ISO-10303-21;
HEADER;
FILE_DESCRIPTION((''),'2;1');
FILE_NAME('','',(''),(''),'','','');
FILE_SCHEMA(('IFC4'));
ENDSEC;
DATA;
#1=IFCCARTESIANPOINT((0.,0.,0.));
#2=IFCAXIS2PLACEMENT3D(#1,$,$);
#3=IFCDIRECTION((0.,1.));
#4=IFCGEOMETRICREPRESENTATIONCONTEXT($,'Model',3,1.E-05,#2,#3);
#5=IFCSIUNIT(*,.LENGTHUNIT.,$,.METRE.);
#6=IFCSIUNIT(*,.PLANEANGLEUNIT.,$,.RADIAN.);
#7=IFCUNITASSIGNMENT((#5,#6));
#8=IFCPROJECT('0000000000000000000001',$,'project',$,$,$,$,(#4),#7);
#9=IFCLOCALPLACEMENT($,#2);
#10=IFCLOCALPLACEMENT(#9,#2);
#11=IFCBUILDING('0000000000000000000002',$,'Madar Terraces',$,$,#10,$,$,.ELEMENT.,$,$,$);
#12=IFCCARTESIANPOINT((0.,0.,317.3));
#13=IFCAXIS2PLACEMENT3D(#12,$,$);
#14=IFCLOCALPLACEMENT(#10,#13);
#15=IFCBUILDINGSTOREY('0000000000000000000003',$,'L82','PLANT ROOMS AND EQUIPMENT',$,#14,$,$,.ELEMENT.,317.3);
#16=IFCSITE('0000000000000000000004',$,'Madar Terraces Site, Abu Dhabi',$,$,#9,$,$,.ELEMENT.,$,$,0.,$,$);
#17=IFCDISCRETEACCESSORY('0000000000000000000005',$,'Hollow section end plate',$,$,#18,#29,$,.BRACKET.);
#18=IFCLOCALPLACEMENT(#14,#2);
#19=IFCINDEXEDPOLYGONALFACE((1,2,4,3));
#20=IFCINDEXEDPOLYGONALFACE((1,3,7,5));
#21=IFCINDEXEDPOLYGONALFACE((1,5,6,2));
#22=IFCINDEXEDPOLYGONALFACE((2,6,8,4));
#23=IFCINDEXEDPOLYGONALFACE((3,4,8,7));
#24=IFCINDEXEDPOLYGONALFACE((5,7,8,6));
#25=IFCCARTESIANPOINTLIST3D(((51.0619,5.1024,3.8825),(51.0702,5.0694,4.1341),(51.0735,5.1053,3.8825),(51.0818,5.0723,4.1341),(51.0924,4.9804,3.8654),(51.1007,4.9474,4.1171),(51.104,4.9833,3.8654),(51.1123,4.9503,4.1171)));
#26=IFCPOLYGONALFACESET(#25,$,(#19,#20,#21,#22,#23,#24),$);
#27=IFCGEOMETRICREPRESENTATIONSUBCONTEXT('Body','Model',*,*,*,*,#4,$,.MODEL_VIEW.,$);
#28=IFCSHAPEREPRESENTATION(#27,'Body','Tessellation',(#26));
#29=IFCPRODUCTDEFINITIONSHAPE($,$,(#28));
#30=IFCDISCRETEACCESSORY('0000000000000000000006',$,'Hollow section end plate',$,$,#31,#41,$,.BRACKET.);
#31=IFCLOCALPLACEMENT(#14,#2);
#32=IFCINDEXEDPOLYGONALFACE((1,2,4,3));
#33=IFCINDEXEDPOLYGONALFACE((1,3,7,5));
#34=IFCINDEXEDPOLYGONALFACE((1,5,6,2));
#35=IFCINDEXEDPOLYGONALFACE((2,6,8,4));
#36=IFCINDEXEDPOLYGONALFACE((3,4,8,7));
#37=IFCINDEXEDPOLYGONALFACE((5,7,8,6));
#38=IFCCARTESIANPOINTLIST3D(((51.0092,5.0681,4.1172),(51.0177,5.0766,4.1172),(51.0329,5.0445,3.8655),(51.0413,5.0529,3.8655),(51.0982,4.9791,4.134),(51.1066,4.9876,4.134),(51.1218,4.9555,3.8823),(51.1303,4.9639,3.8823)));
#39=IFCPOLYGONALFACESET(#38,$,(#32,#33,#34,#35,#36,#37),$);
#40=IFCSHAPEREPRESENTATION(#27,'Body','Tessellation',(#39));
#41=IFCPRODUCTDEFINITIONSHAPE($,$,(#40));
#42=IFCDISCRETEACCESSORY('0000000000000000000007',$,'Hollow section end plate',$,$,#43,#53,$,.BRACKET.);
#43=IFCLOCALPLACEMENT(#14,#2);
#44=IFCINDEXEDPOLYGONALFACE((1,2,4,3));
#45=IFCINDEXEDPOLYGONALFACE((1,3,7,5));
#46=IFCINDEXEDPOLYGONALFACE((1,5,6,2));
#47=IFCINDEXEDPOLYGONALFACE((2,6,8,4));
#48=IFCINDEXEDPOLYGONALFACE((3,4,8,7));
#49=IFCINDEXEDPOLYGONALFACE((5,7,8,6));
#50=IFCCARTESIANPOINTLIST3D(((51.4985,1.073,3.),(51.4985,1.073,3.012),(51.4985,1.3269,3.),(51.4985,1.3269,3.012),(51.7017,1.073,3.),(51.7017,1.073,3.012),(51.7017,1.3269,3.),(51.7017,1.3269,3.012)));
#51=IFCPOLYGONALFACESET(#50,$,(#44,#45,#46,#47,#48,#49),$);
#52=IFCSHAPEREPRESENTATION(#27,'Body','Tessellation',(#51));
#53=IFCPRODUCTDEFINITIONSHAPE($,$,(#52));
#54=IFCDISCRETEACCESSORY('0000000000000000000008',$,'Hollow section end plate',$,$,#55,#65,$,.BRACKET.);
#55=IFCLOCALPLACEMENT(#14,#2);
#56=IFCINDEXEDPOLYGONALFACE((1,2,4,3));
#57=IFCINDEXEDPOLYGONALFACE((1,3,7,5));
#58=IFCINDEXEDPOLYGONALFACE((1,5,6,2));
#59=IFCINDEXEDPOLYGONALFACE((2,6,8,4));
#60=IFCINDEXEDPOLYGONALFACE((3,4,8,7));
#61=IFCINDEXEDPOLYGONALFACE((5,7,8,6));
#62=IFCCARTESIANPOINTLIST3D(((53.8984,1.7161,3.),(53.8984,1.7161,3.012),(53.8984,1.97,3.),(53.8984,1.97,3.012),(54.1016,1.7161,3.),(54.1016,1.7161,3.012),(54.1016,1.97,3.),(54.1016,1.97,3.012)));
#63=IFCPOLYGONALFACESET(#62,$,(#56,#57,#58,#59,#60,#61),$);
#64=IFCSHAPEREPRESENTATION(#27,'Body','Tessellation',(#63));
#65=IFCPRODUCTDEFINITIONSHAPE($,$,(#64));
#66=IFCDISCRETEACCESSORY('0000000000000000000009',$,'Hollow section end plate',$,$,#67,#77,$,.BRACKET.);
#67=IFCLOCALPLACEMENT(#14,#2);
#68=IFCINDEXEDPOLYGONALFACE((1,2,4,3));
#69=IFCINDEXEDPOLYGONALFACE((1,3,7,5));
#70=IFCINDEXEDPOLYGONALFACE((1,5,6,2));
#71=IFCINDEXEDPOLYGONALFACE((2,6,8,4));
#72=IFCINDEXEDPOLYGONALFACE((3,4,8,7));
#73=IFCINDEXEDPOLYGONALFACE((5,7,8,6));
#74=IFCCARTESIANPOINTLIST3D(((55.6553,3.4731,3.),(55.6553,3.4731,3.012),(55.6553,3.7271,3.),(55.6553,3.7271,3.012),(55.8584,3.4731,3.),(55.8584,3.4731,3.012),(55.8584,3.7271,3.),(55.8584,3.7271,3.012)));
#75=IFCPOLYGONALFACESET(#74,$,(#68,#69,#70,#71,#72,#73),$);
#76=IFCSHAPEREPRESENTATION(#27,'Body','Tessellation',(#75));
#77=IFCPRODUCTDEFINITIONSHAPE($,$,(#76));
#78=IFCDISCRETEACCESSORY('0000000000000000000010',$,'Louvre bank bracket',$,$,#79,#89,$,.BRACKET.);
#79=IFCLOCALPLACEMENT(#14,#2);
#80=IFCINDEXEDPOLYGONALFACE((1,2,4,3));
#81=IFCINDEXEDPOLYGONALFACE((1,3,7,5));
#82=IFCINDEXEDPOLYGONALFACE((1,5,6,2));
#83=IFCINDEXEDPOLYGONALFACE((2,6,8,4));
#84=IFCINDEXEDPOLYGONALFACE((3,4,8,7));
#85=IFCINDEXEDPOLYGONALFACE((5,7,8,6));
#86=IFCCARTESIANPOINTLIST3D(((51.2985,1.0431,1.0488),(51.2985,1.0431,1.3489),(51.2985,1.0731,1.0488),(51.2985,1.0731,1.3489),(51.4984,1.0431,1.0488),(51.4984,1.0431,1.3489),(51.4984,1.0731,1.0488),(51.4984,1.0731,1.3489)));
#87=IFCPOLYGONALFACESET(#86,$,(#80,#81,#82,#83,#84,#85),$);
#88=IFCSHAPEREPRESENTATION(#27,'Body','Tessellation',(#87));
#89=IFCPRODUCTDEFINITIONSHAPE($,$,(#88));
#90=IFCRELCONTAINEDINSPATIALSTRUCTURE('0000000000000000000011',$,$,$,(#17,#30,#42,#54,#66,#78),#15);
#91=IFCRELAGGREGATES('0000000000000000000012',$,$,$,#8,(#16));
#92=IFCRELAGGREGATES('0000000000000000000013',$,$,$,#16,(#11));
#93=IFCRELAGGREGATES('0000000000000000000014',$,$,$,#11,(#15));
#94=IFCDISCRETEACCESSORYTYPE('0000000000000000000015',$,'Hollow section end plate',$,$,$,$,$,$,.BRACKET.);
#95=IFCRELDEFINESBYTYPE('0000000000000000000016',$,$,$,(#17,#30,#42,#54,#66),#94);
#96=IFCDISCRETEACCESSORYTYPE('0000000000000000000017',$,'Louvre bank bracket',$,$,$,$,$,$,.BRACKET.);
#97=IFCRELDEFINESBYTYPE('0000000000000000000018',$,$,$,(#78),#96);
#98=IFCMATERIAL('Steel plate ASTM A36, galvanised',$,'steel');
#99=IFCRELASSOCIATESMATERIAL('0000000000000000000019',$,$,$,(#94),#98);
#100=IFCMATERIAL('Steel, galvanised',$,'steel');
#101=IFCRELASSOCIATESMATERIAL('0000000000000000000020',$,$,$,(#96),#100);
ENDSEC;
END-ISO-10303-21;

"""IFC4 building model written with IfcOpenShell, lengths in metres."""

from ifc_helpers import new_model, si_unit, direction, frame, origin, origin_2d, place, context, subcontext, project, spatial, rectangle, extrude, material, type_object, element, save


model = new_model("IFC4")

# Units and contexts
model_context = context("Model", 3, precision=1e-05, world=origin(), true_north=direction((0.0, 1.0)))
body_context = subcontext(model_context, "Body", "Model", "MODEL_VIEW")
ifc_project = project(units=[si_unit("LENGTHUNIT", "METRE"), si_unit("PLANEANGLEUNIT", "RADIAN")], contexts=[model_context])

# Site, building, storey
site_placement = place(None, origin())
site = spatial("IfcSite", under=ifc_project, at=site_placement, Name="Madar Terraces Site, Abu Dhabi", CompositionType="ELEMENT", RefElevation=0.0)
building_placement = place(site_placement, origin())
building = spatial("IfcBuilding", under=site, at=building_placement, Name="Madar Terraces", CompositionType="ELEMENT")
storey_placement = place(building_placement, frame((0.0, 0.0, 317.3)))
storey = spatial("IfcBuildingStorey", under=building, at=storey_placement, Name="L82", Description="PLANT ROOMS AND EQUIPMENT", CompositionType="ELEMENT", Elevation=317.3)

# Discrete accessories
ifc_material_1 = material(Name="Steel plate ASTM A36, galvanised", Category="steel")
discrete_accessory_type_1 = type_object("IfcDiscreteAccessoryType", Name="Hollow section end plate", PredefinedType="BRACKET", material=ifc_material_1)
for number, where, z_axis, x_axis, name in (
    (1, (51.0813, 5.0249, 3.9998), (0.970143, 0.242536, 0.0), (-0.240345, 0.961382, 0.134086), "Hollow section end plate"),
    (2, (51.074, 5.0203, 3.9998), (-0.707107, -0.707107, 0.0), (0.700941, -0.700941, 0.131765), "Hollow section end plate"),
):
    element("IfcDiscreteAccessory", number, at=place(storey_placement, frame(where, z_axis=z_axis, x_axis=x_axis)), inside=storey, type_object=discrete_accessory_type_1, Name=name, PredefinedType="BRACKET", context=body_context, shape_type="SweptSolid", body=[
        extrude(rectangle(XDim=0.127, YDim=0.2539, at=origin_2d()), origin(), (0.0, 0.0, 1.0), 0.012),
    ])
for number, where, z_axis, x_axis, name in (
    (3, (51.6001, 1.2, 3.0), (0.0, 0.0, 1.0), (1.0, 0.0, 0.0), "Hollow section end plate"),
    (4, (54.0, 1.843, 3.0), (0.0, 0.0, 1.0), (1.0, 0.0, 0.0), "Hollow section end plate"),
    (5, (55.7568, 3.6001, 3.0), (0.0, 0.0, 1.0), (1.0, 0.0, 0.0), "Hollow section end plate"),
):
    element("IfcDiscreteAccessory", number, at=place(storey_placement, frame(where, z_axis=z_axis, x_axis=x_axis)), inside=storey, type_object=discrete_accessory_type_1, Name=name, PredefinedType="BRACKET", context=body_context, shape_type="SweptSolid", body=[
        extrude(rectangle(XDim=0.2031, YDim=0.2539, at=origin_2d()), origin(), (0.0, 0.0, 1.0), 0.012),
    ])
ifc_material_2 = material(Name="Steel, galvanised", Category="steel")
discrete_accessory_type_2 = type_object("IfcDiscreteAccessoryType", Name="Louvre bank bracket", PredefinedType="BRACKET", material=ifc_material_2)
discrete_accessory_1_placement = place(storey_placement, frame((51.3984, 1.0581, 1.0488), z_axis=(0.0, 0.0, 1.0), x_axis=(1.0, 0.0, 0.0)))
element("IfcDiscreteAccessory", 6, at=discrete_accessory_1_placement, inside=storey, type_object=discrete_accessory_type_2, Name="Louvre bank bracket", PredefinedType="BRACKET", context=body_context, shape_type="SweptSolid", body=[
    extrude(rectangle(XDim=0.2, YDim=0.03, at=origin_2d()), origin(), (0.0, 0.0, 1.0), 0.3),
])

save(model, "model.ifc")
